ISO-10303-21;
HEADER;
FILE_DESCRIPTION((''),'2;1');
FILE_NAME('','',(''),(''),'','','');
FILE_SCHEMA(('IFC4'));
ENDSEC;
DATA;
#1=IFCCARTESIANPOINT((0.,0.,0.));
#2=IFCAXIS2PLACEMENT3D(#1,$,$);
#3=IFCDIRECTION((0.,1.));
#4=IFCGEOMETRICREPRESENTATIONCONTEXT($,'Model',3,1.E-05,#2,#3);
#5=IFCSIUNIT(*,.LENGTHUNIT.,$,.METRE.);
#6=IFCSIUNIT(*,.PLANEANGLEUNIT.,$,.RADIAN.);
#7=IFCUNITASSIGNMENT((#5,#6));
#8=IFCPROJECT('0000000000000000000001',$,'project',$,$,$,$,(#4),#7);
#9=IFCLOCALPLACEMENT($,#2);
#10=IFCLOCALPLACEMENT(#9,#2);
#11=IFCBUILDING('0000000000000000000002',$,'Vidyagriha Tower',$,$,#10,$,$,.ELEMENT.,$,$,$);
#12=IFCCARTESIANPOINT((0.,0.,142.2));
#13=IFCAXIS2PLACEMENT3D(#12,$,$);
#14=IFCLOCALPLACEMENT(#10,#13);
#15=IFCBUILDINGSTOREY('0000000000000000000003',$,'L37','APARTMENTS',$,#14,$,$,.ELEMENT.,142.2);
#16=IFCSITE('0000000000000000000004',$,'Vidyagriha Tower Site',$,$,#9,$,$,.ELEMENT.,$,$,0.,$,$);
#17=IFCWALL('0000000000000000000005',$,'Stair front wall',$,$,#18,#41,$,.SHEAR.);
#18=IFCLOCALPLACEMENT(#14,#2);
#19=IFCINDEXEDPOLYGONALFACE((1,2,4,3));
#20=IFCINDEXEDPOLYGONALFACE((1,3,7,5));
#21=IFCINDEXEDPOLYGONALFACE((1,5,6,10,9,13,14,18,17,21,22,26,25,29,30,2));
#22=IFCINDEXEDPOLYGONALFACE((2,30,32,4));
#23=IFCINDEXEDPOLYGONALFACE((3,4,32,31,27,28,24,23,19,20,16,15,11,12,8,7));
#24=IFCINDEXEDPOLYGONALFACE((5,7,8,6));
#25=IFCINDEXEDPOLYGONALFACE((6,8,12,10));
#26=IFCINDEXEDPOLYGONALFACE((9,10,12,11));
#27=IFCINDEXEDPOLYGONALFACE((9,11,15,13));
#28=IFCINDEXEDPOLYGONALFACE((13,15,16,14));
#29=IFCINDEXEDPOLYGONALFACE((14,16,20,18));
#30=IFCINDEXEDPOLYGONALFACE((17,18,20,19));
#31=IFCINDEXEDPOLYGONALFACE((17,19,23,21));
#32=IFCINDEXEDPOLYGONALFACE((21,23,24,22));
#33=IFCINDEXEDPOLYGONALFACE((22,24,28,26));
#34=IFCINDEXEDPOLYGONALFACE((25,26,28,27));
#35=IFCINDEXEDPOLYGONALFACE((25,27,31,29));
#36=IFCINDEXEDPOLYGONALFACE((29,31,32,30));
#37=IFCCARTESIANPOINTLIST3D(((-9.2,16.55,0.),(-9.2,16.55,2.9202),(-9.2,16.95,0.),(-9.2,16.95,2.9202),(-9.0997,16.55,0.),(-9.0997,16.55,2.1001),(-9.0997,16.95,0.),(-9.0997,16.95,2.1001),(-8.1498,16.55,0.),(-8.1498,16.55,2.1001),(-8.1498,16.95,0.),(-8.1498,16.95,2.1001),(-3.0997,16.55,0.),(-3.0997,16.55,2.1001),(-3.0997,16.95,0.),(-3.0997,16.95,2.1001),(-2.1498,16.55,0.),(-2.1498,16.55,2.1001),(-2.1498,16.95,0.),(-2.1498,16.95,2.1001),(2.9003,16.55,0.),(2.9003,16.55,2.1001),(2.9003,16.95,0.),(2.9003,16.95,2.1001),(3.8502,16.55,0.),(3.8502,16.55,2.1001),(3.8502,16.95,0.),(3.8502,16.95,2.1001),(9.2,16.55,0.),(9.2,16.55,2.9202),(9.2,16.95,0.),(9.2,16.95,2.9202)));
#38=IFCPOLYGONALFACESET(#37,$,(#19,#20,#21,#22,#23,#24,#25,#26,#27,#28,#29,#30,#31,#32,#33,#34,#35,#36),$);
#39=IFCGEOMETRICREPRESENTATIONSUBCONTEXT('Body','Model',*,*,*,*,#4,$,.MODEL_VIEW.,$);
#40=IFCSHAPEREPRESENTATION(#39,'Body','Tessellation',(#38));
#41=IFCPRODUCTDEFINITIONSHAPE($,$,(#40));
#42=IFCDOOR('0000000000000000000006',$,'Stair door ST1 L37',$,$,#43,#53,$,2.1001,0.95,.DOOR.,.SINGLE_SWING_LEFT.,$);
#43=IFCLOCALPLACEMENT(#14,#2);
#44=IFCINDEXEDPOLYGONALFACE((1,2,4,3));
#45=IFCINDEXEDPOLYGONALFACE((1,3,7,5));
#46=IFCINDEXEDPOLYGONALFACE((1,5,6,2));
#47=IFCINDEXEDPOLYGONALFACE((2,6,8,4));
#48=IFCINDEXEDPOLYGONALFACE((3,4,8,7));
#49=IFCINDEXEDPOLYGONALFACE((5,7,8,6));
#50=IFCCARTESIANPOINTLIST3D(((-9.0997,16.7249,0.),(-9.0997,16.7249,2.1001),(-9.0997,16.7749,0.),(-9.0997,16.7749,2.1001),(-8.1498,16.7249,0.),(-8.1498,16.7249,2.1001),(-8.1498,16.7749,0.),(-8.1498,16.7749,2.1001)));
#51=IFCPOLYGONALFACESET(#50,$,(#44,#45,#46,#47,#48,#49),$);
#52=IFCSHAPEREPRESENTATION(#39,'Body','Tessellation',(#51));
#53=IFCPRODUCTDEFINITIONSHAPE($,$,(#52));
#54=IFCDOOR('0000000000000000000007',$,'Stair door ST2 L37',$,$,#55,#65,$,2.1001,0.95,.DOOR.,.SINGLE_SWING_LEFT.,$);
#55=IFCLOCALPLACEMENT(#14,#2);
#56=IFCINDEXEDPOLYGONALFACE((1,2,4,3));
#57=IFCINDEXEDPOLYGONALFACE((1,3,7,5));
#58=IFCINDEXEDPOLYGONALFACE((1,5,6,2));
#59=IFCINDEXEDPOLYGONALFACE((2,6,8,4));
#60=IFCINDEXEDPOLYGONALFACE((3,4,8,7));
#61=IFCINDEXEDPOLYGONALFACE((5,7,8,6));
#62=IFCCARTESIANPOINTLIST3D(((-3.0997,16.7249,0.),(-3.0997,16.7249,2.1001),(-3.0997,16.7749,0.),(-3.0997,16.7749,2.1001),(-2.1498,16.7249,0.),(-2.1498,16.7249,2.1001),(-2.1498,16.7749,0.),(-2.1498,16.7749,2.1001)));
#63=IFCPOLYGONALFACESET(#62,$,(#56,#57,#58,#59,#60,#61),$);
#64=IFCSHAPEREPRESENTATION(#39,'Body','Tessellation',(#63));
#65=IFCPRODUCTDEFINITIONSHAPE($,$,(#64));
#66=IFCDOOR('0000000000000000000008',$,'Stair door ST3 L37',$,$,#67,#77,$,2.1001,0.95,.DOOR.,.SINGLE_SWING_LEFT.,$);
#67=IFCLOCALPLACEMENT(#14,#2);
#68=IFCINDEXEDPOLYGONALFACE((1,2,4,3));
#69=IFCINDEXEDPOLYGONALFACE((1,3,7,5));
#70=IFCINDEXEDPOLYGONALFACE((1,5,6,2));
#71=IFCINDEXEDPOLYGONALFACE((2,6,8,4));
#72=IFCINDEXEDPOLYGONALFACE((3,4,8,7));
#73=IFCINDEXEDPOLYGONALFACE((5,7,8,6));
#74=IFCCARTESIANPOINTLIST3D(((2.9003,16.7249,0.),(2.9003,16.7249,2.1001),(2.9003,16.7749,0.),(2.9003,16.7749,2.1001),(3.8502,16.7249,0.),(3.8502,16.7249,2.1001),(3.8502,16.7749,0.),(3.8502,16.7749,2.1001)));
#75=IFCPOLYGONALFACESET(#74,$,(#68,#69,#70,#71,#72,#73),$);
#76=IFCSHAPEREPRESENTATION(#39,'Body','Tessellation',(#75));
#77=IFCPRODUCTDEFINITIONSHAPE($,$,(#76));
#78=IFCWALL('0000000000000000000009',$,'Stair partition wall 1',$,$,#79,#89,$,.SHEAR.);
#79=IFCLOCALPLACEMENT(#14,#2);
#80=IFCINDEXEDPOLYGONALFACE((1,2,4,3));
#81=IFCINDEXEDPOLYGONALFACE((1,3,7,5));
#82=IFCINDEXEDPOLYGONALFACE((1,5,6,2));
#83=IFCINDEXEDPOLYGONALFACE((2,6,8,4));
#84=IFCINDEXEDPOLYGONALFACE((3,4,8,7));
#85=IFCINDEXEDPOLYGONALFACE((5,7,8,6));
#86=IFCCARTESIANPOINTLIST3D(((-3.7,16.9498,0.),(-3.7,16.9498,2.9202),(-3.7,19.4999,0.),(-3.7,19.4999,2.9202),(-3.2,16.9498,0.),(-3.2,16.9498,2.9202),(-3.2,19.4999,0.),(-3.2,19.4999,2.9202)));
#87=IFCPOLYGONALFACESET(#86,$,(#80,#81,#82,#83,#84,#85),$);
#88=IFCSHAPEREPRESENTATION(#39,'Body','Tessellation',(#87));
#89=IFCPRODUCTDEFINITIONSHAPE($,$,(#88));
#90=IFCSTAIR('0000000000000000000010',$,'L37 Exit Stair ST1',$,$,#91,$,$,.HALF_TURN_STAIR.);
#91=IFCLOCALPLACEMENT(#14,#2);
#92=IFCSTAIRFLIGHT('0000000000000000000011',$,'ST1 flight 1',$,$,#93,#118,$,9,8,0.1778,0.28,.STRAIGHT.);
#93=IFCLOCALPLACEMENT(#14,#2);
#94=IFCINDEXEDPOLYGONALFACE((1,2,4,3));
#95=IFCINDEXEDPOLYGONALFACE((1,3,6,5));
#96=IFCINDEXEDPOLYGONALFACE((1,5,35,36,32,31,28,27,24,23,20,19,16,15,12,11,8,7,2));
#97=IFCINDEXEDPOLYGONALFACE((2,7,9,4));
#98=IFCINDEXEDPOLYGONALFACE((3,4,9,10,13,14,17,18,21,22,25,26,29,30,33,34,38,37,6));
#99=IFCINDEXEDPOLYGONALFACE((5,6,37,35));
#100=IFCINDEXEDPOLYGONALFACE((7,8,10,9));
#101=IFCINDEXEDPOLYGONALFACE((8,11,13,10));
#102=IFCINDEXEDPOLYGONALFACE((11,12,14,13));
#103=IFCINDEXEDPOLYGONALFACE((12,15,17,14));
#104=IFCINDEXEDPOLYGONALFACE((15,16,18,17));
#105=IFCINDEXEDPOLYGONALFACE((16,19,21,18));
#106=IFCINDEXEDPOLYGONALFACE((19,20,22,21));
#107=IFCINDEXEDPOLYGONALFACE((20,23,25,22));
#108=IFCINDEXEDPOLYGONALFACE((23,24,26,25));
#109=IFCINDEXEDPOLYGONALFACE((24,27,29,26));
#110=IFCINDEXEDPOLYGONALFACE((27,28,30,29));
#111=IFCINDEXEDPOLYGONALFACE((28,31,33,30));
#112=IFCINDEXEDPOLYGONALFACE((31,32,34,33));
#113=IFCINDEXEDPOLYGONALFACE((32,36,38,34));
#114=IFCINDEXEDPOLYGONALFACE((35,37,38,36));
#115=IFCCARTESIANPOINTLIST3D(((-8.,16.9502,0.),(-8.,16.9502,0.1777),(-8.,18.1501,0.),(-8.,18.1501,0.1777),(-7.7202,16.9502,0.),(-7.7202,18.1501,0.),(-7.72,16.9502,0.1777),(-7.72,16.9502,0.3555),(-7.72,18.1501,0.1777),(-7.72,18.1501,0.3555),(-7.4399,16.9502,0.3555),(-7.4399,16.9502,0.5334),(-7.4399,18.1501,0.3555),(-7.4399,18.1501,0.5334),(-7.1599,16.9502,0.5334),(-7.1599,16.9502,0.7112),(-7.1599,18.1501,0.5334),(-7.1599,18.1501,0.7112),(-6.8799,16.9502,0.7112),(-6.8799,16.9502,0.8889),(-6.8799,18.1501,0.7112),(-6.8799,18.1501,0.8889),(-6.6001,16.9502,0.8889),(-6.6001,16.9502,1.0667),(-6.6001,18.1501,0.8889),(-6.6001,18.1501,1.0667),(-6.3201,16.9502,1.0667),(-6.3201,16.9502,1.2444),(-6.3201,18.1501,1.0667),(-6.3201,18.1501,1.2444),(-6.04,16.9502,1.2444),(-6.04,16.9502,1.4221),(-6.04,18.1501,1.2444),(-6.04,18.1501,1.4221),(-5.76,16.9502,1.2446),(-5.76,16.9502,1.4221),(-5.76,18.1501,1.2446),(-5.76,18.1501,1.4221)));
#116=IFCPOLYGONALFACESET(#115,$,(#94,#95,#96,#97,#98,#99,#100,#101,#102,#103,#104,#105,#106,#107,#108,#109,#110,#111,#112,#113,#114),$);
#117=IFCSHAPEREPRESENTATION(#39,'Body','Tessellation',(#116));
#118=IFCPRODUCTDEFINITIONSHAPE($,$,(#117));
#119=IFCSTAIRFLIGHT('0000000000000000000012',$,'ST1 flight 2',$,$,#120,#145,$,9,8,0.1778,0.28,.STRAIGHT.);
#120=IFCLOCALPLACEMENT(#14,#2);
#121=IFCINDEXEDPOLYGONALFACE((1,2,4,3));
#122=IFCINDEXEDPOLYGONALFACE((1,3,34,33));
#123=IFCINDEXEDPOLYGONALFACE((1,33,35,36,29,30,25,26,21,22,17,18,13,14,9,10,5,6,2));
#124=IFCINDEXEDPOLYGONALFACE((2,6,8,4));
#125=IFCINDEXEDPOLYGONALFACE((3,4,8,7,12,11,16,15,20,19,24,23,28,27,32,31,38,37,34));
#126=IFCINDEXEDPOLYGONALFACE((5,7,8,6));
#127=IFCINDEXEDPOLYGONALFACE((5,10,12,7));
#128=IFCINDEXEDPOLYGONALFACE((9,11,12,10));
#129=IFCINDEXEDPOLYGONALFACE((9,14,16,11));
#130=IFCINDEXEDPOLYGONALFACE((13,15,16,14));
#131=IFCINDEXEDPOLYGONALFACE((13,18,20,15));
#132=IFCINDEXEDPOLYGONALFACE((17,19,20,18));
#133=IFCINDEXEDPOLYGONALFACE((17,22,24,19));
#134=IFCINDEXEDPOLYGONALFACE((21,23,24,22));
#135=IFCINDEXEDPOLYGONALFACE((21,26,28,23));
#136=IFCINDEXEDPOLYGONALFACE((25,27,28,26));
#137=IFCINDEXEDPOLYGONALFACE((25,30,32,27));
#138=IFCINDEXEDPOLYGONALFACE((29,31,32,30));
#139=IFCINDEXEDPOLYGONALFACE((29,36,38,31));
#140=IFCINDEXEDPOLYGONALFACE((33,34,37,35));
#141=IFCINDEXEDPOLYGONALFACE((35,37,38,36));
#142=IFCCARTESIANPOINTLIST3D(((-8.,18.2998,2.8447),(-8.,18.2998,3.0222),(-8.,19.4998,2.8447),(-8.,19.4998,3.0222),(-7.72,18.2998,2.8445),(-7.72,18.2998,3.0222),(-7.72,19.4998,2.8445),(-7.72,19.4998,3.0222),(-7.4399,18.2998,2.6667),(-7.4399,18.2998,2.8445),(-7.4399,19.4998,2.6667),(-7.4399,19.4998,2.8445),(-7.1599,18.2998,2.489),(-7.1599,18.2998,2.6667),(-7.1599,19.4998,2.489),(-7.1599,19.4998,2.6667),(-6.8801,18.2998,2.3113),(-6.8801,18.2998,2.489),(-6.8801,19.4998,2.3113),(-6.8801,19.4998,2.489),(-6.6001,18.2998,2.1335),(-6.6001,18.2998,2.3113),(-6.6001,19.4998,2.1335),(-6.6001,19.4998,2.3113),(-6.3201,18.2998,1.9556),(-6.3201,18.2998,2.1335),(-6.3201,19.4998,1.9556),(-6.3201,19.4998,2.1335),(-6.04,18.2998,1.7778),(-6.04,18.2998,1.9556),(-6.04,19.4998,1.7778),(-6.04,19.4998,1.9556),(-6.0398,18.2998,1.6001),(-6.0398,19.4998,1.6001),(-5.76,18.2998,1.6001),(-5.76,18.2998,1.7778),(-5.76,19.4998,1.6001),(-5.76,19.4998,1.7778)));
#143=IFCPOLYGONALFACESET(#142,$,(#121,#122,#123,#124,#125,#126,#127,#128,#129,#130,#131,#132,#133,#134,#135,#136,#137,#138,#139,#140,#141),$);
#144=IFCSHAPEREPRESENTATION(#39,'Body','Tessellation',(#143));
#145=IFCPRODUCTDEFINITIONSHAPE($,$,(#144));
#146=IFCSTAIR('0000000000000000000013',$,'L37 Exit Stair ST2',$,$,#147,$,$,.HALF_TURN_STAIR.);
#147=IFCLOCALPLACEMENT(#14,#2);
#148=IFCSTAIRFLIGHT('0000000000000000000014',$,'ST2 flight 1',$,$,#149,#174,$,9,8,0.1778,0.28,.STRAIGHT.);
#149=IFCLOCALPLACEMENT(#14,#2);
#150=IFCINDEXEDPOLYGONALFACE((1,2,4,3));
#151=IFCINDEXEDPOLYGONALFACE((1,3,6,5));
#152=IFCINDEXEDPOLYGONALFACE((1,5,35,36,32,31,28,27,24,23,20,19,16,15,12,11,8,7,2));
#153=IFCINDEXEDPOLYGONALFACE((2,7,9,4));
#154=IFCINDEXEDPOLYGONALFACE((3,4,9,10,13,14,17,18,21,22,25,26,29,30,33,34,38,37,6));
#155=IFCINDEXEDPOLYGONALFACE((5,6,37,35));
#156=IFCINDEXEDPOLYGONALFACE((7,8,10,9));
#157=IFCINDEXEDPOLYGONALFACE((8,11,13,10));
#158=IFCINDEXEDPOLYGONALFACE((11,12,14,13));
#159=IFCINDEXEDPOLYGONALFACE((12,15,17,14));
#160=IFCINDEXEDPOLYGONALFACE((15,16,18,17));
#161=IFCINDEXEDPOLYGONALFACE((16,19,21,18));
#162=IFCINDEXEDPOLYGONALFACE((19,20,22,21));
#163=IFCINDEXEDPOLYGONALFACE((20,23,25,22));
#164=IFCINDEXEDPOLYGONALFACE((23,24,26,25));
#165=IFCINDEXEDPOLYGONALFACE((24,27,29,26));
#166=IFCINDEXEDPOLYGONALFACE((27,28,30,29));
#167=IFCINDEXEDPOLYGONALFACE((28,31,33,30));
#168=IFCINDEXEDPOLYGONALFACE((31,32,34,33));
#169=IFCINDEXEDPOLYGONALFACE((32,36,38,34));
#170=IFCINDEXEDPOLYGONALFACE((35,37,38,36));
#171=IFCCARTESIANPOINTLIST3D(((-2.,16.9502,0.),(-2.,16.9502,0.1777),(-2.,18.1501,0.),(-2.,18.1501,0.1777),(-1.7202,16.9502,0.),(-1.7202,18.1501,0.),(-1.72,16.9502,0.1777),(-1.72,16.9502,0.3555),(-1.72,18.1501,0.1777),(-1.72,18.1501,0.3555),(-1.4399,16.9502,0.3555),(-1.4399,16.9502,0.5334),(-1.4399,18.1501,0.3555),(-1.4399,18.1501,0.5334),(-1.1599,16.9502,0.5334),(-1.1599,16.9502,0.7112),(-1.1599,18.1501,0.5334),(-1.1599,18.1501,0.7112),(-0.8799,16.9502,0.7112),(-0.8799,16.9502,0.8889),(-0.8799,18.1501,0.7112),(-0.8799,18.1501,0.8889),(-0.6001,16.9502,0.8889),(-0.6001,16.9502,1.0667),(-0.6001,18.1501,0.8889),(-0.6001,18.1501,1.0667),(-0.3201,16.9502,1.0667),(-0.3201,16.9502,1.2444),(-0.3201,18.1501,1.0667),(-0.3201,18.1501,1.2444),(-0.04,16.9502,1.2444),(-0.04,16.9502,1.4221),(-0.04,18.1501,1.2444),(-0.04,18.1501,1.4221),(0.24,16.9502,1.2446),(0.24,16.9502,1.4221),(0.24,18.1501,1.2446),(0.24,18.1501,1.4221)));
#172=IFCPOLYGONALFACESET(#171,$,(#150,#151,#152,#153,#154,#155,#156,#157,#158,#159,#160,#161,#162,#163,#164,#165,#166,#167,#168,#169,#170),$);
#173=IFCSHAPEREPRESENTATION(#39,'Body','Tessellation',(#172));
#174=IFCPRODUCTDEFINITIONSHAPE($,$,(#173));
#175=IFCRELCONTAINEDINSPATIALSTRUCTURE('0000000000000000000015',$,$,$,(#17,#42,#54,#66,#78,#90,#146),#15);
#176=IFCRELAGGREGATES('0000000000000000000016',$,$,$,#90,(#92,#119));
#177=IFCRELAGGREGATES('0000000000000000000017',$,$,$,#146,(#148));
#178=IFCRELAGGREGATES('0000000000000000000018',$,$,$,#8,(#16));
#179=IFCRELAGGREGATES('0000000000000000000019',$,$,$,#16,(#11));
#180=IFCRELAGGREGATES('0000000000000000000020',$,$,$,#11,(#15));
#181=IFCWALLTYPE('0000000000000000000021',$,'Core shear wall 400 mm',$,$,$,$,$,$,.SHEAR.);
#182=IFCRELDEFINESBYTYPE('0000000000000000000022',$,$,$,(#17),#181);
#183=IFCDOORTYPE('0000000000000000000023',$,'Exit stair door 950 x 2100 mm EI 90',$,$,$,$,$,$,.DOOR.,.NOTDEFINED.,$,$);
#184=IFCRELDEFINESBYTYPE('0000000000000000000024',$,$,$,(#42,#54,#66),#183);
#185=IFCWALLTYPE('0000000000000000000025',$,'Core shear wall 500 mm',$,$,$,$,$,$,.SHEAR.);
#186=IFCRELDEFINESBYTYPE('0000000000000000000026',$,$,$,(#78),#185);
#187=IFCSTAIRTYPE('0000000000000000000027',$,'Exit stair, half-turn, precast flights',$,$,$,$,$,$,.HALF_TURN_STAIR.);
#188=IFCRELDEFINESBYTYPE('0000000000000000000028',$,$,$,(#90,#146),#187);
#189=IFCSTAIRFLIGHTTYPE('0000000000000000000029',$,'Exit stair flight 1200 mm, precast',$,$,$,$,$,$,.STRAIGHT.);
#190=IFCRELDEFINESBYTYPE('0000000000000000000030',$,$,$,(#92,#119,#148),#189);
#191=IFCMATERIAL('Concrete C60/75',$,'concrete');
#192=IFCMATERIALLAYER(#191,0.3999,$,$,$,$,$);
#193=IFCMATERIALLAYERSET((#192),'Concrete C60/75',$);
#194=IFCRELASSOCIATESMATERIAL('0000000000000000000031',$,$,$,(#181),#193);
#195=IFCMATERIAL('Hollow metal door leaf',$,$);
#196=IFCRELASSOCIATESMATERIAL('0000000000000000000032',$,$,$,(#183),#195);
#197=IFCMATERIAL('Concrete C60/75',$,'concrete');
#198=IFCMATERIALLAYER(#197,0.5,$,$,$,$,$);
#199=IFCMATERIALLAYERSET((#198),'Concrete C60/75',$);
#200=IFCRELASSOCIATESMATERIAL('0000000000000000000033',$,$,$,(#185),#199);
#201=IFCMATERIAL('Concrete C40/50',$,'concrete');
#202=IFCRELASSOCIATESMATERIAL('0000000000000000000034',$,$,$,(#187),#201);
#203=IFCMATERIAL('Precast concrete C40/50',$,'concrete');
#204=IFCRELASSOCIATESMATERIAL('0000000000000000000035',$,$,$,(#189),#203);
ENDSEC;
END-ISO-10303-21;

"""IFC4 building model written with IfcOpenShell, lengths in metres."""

from ifc_helpers import new_model, si_unit, direction, frame, frame_2d, origin, place, context, subcontext, project, spatial, polyline, rectangle, outline, extrude, material, layer, layer_set, type_object, element, fill, aggregate, save


model = new_model("IFC4")

# Units and contexts
model_context = context("Model", 3, precision=1e-05, world=origin(), true_north=direction((0.0, 1.0)))
body_context = subcontext(model_context, "Body", "Model", "MODEL_VIEW")
ifc_project = project(units=[si_unit("LENGTHUNIT", "METRE"), si_unit("PLANEANGLEUNIT", "RADIAN")], contexts=[model_context])

# Site, building, storey
site_placement = place(None, origin())
site = spatial("IfcSite", under=ifc_project, at=site_placement, Name="Vidyagriha Tower Site", CompositionType="ELEMENT", RefElevation=0.0)
building_placement = place(site_placement, origin())
building = spatial("IfcBuilding", under=site, at=building_placement, Name="Vidyagriha Tower", CompositionType="ELEMENT")
storey_placement = place(building_placement, frame((0.0, 0.0, 142.2)))
storey = spatial("IfcBuildingStorey", under=building, at=storey_placement, Name="L37", Description="APARTMENTS", CompositionType="ELEMENT", Elevation=142.2)

# Shared definitions
ifc_material_1 = material(Name="Concrete C60/75", Category="concrete")
ifc_layer_1 = layer(ifc_material_1, 0.3999)
ifc_layer_set_1 = layer_set([ifc_layer_1], Name="Concrete C60/75")
wall_type_1 = type_object("IfcWallType", Name="Core shear wall 400 mm", PredefinedType="SHEAR", material=ifc_layer_set_1)

# Wall, openings, doors
wall_1_placement = place(storey_placement, frame((-9.2, 16.75, 0.0)))
wall_1 = element("IfcWall", 1, at=wall_1_placement, inside=storey, type_object=wall_type_1, Name="Stair front wall", PredefinedType="SHEAR", context=body_context, shape_type="SweptSolid", body=[
    extrude(rectangle(XDim=18.3999, YDim=0.3999, at=frame_2d((9.2, 0.0))), origin(), (0.0, 0.0, 1.0), 2.9202),
])
opening_1_placement = place(wall_1_placement, frame((0.1001, 0.0, 0.0)))
opening_1 = element("IfcOpeningElement", 2, at=opening_1_placement, cuts=wall_1, PredefinedType="OPENING", context=body_context, shape_type="SweptSolid", body=[
    extrude(rectangle(XDim=0.95, YDim=2.1001, at=frame_2d((0.4751, 1.05))), frame((0.0, 0.21, 0.0), z_axis=(0.0, -1.0, 0.0), x_axis=(1.0, 0.0, 0.0)), (0.0, 0.0, 1.0), 0.4199),
])
opening_2_placement = place(wall_1_placement, frame((6.1001, 0.0, 0.0)))
opening_2 = element("IfcOpeningElement", 3, at=opening_2_placement, cuts=wall_1, PredefinedType="OPENING", context=body_context, shape_type="SweptSolid", body=[
    extrude(rectangle(XDim=0.95, YDim=2.1001, at=frame_2d((0.4751, 1.05))), frame((0.0, 0.21, 0.0), z_axis=(0.0, -1.0, 0.0), x_axis=(1.0, 0.0, 0.0)), (0.0, 0.0, 1.0), 0.4199),
])
opening_3_placement = place(wall_1_placement, frame((12.1001, 0.0, 0.0)))
opening_3 = element("IfcOpeningElement", 4, at=opening_3_placement, cuts=wall_1, PredefinedType="OPENING", context=body_context, shape_type="SweptSolid", body=[
    extrude(rectangle(XDim=0.95, YDim=2.1001, at=frame_2d((0.4751, 1.05))), frame((0.0, 0.21, 0.0), z_axis=(0.0, -1.0, 0.0), x_axis=(1.0, 0.0, 0.0)), (0.0, 0.0, 1.0), 0.4199),
])
ifc_material_2 = material(Name="Hollow metal door leaf")
door_type = type_object("IfcDoorType", Name="Exit stair door 950 x 2100 mm EI 90", OperationType="NOTDEFINED", PredefinedType="DOOR", material=ifc_material_2)
door_1_placement = place(opening_1_placement, origin())
door_1 = element("IfcDoor", 5, at=door_1_placement, inside=storey, type_object=door_type, Name="Stair door ST1 L37", OperationType="SINGLE_SWING_LEFT", OverallHeight=2.1001, OverallWidth=0.95, PredefinedType="DOOR", context=body_context, shape_type="SweptSolid", body=[
    extrude(rectangle(XDim=0.95, YDim=2.1001, at=frame_2d((0.4751, 1.05))), frame((0.0, 0.0249, 0.0), z_axis=(0.0, -1.0, 0.0), x_axis=(1.0, 0.0, 0.0)), (0.0, 0.0, 1.0), 0.05),
])
fill(opening_1, door_1)
door_2_placement = place(opening_2_placement, origin())
door_2 = element("IfcDoor", 6, at=door_2_placement, inside=storey, type_object=door_type, Name="Stair door ST2 L37", OperationType="SINGLE_SWING_LEFT", OverallHeight=2.1001, OverallWidth=0.95, PredefinedType="DOOR", context=body_context, shape_type="SweptSolid", body=[
    extrude(rectangle(XDim=0.95, YDim=2.1001, at=frame_2d((0.4751, 1.05))), frame((0.0, 0.0249, 0.0), z_axis=(0.0, -1.0, 0.0), x_axis=(1.0, 0.0, 0.0)), (0.0, 0.0, 1.0), 0.05),
])
fill(opening_2, door_2)
door_3_placement = place(opening_3_placement, origin())
door_3 = element("IfcDoor", 7, at=door_3_placement, inside=storey, type_object=door_type, Name="Stair door ST3 L37", OperationType="SINGLE_SWING_LEFT", OverallHeight=2.1001, OverallWidth=0.95, PredefinedType="DOOR", context=body_context, shape_type="SweptSolid", body=[
    extrude(rectangle(XDim=0.95, YDim=2.1001, at=frame_2d((0.4751, 1.05))), frame((0.0, 0.0249, 0.0), z_axis=(0.0, -1.0, 0.0), x_axis=(1.0, 0.0, 0.0)), (0.0, 0.0, 1.0), 0.05),
])
fill(opening_3, door_3)

# Wall
ifc_material_3 = material(Name="Concrete C60/75", Category="concrete")
ifc_layer_2 = layer(ifc_material_3, 0.5)
ifc_layer_set_2 = layer_set([ifc_layer_2], Name="Concrete C60/75")
wall_type_2 = type_object("IfcWallType", Name="Core shear wall 500 mm", PredefinedType="SHEAR", material=ifc_layer_set_2)
wall_2_placement = place(storey_placement, frame((-3.45, 16.95, 0.0), z_axis=(0.0, 0.0, 1.0), x_axis=(0.0, 1.0, 0.0)))
element("IfcWall", 8, at=wall_2_placement, inside=storey, type_object=wall_type_2, Name="Stair partition wall 1", PredefinedType="SHEAR", context=body_context, shape_type="SweptSolid", body=[
    extrude(rectangle(XDim=2.55, YDim=0.5, at=frame_2d((1.2749, 0.0))), origin(), (0.0, 0.0, 1.0), 2.9202),
])

# Stair, stair flights
ifc_material_4 = material(Name="Concrete C40/50", Category="concrete")
stair_type = type_object("IfcStairType", Name="Exit stair, half-turn, precast flights", PredefinedType="HALF_TURN_STAIR", material=ifc_material_4)
stair_1_placement = place(storey_placement, origin())
stair_1 = element("IfcStair", 9, at=stair_1_placement, inside=storey, type_object=stair_type, Name="L37 Exit Stair ST1", PredefinedType="HALF_TURN_STAIR")
ifc_material_5 = material(Name="Precast concrete C40/50", Category="concrete")
stair_flight_type = type_object("IfcStairFlightType", Name="Exit stair flight 1200 mm, precast", PredefinedType="STRAIGHT", material=ifc_material_5)
stair_flight_1_placement = place(storey_placement, frame((-8.0, 17.55, 0.0)))
stair_flight_1 = element("IfcStairFlight", 10, at=stair_flight_1_placement, type_object=stair_flight_type, Name="ST1 flight 1", NumberOfRisers=9, NumberOfTreads=8, PredefinedType="STRAIGHT", RiserHeight=0.1778, TreadLength=0.28, context=body_context, shape_type="SweptSolid", body=[
    extrude(outline(polyline([(0.0, 0.0), (0.0, 0.1777), (0.28, 0.1777), (0.28, 0.3555), (0.5601, 0.3555), (0.5601, 0.5334), (0.8401, 0.5334), (0.8401, 0.7112), (1.1201, 0.7112), (1.1201, 0.8889), (1.3999, 0.8889), (1.3999, 1.0667), (1.6799, 1.0667), (1.6799, 1.2444), (1.96, 1.2444), (1.96, 1.4221), (2.24, 1.4221), (2.24, 1.6001), (2.24, 1.2446), (0.2798, 0.0), (0.0, 0.0)])), frame((0.0, 0.6001, 0.0), z_axis=(0.0, -1.0, 0.0), x_axis=(1.0, 0.0, 0.0)), (0.0, 0.0, 1.0), 1.2),
])
stair_flight_2_placement = place(storey_placement, frame((-5.76, 18.8999, 1.6001), z_axis=(0.0, 0.0, 1.0), x_axis=(-1.0, 0.0, 0.0)))
stair_flight_2 = element("IfcStairFlight", 11, at=stair_flight_2_placement, type_object=stair_flight_type, Name="ST1 flight 2", NumberOfRisers=9, NumberOfTreads=8, PredefinedType="STRAIGHT", RiserHeight=0.1778, TreadLength=0.28, context=body_context, shape_type="SweptSolid", body=[
    extrude(outline(polyline([(0.0, 0.0), (0.0, 0.1777), (0.28, 0.1777), (0.28, 0.3555), (0.5601, 0.3555), (0.5601, 0.5334), (0.8401, 0.5334), (0.8401, 0.7112), (1.1201, 0.7112), (1.1201, 0.8889), (1.3999, 0.8889), (1.3999, 1.0667), (1.6799, 1.0667), (1.6799, 1.2444), (1.96, 1.2444), (1.96, 1.4221), (2.24, 1.4221), (2.24, 1.6001), (2.24, 1.2446), (0.2798, 0.0), (0.0, 0.0)])), frame((0.0, 0.6001, 0.0), z_axis=(0.0, -1.0, 0.0), x_axis=(1.0, 0.0, 0.0)), (0.0, 0.0, 1.0), 1.2),
])
aggregate(stair_1, [stair_flight_1, stair_flight_2])

# Stair, stair flight
stair_2_placement = place(storey_placement, origin())
stair_2 = element("IfcStair", 12, at=stair_2_placement, inside=storey, type_object=stair_type, Name="L37 Exit Stair ST2", PredefinedType="HALF_TURN_STAIR")
stair_flight_3_placement = place(storey_placement, frame((-2.0, 17.55, 0.0)))
stair_flight_3 = element("IfcStairFlight", 13, at=stair_flight_3_placement, type_object=stair_flight_type, Name="ST2 flight 1", NumberOfRisers=9, NumberOfTreads=8, PredefinedType="STRAIGHT", RiserHeight=0.1778, TreadLength=0.28, context=body_context, shape_type="SweptSolid", body=[
    extrude(outline(polyline([(0.0, 0.0), (0.0, 0.1777), (0.28, 0.1777), (0.28, 0.3555), (0.5601, 0.3555), (0.5601, 0.5334), (0.8401, 0.5334), (0.8401, 0.7112), (1.1201, 0.7112), (1.1201, 0.8889), (1.3999, 0.8889), (1.3999, 1.0667), (1.6799, 1.0667), (1.6799, 1.2444), (1.96, 1.2444), (1.96, 1.4221), (2.24, 1.4221), (2.24, 1.6001), (2.24, 1.2446), (0.2798, 0.0), (0.0, 0.0)])), frame((0.0, 0.6001, 0.0), z_axis=(0.0, -1.0, 0.0), x_axis=(1.0, 0.0, 0.0)), (0.0, 0.0, 1.0), 1.2),
])
aggregate(stair_2, [stair_flight_3])

save(model, "model.ifc")
